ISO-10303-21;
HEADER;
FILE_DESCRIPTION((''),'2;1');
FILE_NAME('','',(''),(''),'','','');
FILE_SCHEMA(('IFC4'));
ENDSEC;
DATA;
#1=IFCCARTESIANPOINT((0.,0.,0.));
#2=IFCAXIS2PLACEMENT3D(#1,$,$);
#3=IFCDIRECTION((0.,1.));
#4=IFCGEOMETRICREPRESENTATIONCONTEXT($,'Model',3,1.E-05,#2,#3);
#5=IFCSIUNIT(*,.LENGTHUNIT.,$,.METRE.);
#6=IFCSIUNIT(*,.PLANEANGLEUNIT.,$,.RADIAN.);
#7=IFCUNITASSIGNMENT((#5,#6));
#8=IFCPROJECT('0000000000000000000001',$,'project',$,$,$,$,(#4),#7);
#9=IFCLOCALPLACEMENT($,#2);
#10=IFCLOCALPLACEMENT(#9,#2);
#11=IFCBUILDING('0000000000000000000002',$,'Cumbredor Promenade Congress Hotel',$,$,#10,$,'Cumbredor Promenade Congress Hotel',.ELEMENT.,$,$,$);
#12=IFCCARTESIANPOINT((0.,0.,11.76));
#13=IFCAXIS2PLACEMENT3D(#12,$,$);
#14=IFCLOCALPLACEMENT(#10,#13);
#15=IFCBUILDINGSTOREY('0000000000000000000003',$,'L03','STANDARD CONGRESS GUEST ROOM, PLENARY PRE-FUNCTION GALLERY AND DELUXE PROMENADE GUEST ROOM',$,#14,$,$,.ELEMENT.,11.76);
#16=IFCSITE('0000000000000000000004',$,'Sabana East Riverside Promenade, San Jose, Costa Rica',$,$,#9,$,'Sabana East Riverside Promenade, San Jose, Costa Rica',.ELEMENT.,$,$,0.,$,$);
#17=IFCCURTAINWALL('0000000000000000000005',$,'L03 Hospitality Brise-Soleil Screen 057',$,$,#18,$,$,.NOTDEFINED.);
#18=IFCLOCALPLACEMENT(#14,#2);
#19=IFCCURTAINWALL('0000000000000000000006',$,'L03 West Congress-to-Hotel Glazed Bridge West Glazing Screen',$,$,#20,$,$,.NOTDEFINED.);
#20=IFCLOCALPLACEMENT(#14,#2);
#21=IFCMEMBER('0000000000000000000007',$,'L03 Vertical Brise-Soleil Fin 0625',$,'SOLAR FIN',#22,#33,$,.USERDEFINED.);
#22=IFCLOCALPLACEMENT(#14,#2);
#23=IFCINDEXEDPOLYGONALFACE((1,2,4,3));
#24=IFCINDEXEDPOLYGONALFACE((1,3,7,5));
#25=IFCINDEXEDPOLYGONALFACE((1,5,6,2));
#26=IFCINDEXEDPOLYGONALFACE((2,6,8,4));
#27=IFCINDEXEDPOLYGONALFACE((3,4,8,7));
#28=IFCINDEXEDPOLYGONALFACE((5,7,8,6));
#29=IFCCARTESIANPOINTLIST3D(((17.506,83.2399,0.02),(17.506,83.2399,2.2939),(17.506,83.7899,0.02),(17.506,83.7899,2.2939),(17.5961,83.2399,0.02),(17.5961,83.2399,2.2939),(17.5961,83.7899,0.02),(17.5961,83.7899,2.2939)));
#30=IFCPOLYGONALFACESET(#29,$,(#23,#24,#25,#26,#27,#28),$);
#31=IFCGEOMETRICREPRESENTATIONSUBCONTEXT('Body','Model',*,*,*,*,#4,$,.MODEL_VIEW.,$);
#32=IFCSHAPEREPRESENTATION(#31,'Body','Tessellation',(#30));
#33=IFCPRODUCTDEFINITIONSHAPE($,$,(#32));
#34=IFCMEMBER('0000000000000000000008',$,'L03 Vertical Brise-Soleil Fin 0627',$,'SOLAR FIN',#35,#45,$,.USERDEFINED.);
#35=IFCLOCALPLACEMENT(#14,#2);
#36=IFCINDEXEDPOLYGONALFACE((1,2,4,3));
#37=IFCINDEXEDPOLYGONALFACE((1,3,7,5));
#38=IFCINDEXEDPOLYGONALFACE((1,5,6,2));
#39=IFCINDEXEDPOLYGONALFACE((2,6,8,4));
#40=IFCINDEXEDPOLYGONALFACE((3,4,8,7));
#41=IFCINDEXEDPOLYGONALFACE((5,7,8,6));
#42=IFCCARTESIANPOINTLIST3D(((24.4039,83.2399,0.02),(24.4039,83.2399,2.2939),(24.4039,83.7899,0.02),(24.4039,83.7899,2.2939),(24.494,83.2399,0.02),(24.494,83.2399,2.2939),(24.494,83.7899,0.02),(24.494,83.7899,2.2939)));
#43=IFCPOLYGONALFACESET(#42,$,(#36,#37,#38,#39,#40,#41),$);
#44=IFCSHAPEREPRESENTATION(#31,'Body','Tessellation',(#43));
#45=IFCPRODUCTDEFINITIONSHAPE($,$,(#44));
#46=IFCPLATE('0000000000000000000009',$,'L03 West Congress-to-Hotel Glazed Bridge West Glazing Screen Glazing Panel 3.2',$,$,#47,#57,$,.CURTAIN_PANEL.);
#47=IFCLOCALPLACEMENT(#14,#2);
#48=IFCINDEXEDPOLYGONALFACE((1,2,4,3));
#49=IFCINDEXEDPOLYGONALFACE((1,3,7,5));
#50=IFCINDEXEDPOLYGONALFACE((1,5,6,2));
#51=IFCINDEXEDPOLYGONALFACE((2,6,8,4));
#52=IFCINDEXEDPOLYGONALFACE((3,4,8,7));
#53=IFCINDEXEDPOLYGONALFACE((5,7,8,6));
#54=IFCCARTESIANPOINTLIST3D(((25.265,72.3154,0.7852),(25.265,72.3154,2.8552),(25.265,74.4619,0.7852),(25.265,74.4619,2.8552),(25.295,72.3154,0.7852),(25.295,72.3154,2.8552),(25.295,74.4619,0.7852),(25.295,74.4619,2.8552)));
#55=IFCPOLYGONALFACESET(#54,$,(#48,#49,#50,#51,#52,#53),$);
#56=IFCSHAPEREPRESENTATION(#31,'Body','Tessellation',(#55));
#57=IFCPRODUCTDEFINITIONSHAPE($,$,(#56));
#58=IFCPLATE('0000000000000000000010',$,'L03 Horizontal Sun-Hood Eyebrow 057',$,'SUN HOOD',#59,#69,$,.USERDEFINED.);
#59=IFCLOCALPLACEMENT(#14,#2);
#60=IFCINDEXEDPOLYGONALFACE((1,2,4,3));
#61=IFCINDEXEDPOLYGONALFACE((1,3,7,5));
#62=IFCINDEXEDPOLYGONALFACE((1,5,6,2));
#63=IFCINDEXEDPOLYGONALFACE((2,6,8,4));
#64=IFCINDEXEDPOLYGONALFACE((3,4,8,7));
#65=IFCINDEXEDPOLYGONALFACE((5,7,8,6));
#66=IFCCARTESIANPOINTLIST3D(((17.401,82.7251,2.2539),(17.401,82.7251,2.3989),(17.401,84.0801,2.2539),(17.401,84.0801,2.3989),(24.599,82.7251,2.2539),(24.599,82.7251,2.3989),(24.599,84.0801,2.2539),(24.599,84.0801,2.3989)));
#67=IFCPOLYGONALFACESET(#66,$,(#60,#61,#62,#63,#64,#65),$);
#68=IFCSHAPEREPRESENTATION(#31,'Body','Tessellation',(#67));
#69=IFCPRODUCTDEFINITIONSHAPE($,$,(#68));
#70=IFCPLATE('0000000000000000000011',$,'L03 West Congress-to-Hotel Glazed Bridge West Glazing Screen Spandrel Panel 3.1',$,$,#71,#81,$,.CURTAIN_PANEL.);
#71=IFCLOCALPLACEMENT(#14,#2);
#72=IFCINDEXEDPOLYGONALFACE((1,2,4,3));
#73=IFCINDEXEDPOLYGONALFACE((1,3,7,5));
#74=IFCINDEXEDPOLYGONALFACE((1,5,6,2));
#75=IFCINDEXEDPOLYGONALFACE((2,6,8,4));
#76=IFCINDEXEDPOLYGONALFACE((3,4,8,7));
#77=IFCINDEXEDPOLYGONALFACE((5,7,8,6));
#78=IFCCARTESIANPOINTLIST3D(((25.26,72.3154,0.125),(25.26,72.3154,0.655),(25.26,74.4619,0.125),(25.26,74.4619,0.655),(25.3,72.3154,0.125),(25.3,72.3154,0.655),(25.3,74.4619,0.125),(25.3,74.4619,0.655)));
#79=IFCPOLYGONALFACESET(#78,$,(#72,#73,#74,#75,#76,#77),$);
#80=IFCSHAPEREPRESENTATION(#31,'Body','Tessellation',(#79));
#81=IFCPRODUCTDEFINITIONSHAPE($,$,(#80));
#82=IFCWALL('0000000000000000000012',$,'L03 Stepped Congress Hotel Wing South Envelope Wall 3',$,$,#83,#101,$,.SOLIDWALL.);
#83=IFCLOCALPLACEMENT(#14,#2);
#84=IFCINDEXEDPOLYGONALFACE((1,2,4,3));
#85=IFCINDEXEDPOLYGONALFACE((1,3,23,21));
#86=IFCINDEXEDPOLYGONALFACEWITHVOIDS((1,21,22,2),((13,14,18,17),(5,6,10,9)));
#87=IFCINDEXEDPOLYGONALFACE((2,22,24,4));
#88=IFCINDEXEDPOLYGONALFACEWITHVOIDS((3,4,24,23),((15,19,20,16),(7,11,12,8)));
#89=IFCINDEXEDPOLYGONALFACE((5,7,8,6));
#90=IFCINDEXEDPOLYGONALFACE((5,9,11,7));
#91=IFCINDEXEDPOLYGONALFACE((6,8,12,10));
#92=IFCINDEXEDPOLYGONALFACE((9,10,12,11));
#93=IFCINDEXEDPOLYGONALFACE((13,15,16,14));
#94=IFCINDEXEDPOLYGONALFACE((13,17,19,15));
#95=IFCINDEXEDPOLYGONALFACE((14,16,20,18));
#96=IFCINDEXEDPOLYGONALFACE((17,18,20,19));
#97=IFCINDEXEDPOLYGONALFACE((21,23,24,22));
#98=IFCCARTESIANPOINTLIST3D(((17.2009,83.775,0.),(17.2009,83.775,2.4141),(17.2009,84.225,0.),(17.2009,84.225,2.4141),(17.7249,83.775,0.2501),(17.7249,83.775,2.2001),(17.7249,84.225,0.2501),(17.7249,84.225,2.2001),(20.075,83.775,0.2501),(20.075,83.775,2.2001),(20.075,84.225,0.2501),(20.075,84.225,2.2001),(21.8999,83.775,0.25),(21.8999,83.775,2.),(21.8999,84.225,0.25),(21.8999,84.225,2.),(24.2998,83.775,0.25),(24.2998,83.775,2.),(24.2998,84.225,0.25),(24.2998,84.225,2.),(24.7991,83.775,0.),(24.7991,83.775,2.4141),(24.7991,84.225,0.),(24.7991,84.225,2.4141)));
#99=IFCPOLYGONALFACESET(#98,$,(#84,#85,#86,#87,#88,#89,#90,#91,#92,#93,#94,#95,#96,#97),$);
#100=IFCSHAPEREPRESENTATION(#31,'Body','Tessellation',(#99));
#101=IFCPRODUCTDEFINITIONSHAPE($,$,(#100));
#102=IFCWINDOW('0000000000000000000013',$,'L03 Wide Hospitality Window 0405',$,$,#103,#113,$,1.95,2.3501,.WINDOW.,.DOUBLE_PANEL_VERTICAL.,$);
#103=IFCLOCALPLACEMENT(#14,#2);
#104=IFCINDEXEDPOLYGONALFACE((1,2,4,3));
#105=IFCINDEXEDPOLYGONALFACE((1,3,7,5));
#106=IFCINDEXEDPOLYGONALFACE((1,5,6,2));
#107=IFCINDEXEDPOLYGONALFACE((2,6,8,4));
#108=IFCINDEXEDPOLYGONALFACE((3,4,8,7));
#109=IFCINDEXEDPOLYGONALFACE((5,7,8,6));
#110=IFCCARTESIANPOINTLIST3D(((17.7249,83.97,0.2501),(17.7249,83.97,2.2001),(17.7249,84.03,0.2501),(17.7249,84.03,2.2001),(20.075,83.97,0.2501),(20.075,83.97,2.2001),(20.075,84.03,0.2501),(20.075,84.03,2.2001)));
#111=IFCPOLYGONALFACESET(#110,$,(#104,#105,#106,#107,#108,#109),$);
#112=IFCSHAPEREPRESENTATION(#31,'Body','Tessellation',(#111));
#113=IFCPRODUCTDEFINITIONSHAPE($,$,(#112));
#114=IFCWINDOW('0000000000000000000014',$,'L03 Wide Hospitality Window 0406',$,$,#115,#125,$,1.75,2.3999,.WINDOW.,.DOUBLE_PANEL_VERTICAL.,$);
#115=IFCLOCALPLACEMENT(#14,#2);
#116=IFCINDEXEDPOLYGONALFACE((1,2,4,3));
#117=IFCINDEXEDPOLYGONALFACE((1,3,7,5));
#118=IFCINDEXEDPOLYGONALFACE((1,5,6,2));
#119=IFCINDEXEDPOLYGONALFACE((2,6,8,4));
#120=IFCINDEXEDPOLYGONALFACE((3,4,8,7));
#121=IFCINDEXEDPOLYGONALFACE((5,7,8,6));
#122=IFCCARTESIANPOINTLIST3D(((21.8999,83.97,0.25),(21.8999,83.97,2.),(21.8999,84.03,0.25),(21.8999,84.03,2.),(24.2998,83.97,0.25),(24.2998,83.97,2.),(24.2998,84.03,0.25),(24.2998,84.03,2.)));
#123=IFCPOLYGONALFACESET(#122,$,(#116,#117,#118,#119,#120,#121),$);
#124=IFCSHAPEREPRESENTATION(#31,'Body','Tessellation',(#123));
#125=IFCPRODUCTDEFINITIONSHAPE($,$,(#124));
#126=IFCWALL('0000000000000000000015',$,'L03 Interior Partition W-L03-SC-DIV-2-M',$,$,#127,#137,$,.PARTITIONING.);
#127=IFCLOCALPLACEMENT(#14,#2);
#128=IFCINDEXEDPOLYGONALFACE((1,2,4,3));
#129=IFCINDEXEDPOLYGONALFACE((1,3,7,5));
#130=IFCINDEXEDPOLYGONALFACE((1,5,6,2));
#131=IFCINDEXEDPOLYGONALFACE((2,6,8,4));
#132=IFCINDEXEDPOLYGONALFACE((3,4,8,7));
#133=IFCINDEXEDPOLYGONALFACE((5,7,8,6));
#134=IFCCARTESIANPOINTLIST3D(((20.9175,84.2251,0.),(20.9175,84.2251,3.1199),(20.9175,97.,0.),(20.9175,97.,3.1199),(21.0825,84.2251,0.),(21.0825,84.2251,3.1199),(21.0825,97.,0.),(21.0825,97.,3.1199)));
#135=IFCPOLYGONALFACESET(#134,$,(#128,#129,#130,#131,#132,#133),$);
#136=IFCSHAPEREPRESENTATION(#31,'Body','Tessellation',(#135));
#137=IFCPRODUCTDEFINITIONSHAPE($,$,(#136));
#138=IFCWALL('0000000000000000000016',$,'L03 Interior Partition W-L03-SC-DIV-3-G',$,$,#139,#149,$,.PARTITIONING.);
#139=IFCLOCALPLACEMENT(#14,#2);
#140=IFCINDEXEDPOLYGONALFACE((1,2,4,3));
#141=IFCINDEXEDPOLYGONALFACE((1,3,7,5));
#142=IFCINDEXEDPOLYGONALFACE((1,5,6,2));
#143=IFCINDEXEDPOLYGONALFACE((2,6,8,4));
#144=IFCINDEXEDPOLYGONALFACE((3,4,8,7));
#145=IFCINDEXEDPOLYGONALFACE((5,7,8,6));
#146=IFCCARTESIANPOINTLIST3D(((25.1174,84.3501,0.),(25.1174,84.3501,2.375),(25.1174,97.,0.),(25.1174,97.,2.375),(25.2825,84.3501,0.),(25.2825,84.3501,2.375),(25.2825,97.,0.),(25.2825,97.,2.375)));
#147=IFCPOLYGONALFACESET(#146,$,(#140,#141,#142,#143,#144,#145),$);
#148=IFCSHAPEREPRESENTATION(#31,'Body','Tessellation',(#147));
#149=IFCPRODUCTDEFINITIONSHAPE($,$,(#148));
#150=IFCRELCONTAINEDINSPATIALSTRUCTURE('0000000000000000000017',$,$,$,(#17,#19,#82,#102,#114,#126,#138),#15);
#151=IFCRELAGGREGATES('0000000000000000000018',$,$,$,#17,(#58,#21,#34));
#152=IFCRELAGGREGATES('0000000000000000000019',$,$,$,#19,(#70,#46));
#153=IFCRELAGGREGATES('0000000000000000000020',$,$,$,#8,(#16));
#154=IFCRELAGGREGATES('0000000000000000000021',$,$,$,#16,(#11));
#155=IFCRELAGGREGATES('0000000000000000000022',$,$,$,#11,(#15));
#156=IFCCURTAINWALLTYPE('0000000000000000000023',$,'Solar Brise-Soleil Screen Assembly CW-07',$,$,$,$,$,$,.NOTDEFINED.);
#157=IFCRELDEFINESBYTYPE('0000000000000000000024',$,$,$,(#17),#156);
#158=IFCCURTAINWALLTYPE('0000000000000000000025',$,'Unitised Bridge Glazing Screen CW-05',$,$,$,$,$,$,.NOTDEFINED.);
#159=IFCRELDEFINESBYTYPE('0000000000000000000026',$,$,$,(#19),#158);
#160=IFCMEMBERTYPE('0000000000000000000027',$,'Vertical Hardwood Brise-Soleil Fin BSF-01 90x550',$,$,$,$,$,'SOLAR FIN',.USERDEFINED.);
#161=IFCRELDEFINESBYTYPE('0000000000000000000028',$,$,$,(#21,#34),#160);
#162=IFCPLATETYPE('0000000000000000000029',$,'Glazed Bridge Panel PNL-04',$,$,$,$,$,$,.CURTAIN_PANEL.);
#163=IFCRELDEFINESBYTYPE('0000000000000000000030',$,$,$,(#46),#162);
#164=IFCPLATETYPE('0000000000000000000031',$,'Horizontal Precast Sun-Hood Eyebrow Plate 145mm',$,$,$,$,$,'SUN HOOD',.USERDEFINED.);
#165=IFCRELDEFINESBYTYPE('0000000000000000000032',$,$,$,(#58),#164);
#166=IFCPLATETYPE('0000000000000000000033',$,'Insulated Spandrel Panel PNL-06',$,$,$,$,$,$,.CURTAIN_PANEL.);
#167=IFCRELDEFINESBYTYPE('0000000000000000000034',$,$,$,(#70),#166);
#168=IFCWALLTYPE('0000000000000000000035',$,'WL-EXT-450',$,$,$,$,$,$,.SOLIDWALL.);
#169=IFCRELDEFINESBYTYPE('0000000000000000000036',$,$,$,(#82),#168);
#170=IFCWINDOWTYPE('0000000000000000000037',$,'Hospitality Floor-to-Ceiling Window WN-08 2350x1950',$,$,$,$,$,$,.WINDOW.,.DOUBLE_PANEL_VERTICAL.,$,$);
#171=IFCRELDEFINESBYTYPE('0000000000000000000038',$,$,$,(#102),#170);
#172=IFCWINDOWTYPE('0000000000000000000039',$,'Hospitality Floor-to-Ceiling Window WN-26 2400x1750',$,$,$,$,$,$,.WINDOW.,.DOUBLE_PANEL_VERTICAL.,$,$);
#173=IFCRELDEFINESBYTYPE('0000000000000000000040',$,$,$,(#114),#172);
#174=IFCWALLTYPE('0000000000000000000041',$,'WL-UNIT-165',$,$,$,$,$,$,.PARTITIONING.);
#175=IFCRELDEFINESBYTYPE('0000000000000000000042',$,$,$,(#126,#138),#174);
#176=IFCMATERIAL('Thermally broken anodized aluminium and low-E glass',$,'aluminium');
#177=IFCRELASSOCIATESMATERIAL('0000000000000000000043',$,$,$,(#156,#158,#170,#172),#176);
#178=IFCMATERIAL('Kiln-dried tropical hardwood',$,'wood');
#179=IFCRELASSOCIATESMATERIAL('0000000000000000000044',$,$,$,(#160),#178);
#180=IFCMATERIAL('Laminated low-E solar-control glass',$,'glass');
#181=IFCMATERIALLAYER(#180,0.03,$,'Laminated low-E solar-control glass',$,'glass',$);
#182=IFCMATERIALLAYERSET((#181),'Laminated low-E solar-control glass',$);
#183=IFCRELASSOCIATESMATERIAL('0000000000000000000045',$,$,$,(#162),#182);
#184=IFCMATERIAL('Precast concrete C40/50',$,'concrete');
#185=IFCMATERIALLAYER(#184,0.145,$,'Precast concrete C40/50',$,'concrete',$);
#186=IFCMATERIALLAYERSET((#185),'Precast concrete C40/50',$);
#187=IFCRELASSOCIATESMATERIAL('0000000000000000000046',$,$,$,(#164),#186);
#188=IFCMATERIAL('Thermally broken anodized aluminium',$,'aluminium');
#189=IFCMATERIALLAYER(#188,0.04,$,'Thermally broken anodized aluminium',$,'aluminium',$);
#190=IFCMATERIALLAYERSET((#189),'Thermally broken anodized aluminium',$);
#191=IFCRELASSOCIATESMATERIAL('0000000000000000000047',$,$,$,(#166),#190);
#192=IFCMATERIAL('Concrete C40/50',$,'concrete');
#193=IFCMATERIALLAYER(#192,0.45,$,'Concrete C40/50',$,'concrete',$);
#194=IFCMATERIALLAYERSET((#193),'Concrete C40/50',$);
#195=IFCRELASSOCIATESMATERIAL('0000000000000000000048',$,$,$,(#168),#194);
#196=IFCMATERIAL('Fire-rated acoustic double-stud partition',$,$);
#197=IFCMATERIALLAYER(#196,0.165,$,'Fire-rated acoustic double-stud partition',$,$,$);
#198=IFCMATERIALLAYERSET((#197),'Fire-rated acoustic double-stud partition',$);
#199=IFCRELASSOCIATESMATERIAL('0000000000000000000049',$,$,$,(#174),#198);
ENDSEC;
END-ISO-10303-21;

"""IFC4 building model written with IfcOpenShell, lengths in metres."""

from ifc_helpers import new_model, si_unit, direction, frame, frame_2d, origin, origin_2d, place, context, subcontext, project, spatial, rectangle, extrude, material, layer, layer_set, material_profile, profile_set, type_object, element, fill, aggregate, save


model = new_model("IFC4")

# Units and contexts
model_context = context("Model", 3, precision=1e-05, world=origin(), true_north=direction((0.0, 1.0)))
body_context = subcontext(model_context, "Body", "Model", "MODEL_VIEW")
ifc_project = project(units=[si_unit("LENGTHUNIT", "METRE"), si_unit("PLANEANGLEUNIT", "RADIAN")], contexts=[model_context])

# Site, building, storey
site_placement = place(None, origin())
site = spatial("IfcSite", under=ifc_project, at=site_placement, Name="Sabana East Riverside Promenade, San Jose, Costa Rica", LongName="Sabana East Riverside Promenade, San Jose, Costa Rica", CompositionType="ELEMENT", RefElevation=0.0)
building_placement = place(site_placement, origin())
building = spatial("IfcBuilding", under=site, at=building_placement, Name="Cumbredor Promenade Congress Hotel", LongName="Cumbredor Promenade Congress Hotel", CompositionType="ELEMENT")
storey_placement = place(building_placement, frame((0.0, 0.0, 11.76)))
storey = spatial("IfcBuildingStorey", under=building, at=storey_placement, Name="L03", Description="STANDARD CONGRESS GUEST ROOM, PLENARY PRE-FUNCTION GALLERY AND DELUXE PROMENADE GUEST ROOM", CompositionType="ELEMENT", Elevation=11.76)

# Shared definitions
ifc_material_1 = material(Name="Concrete C40/50", Category="concrete")

# Curtain walls
ifc_material_2 = material(Name="Thermally broken anodized aluminium and low-E glass", Category="aluminium")
curtain_wall_type_1 = type_object("IfcCurtainWallType", Name="Solar Brise-Soleil Screen Assembly CW-07", PredefinedType="NOTDEFINED", material=ifc_material_2)
curtain_wall_1_placement = place(storey_placement, origin())
curtain_wall_1 = element("IfcCurtainWall", 1, at=curtain_wall_1_placement, inside=storey, type_object=curtain_wall_type_1, Name="L03 Hospitality Brise-Soleil Screen 057", PredefinedType="NOTDEFINED")
ifc_material_3 = material(Name="Thermally broken anodized aluminium", Category="aluminium")
curtain_wall_type_2 = type_object("IfcCurtainWallType", Name="Unitised Bridge Glazing Screen CW-05", PredefinedType="NOTDEFINED", material=ifc_material_2)
curtain_wall_2_placement = place(storey_placement, origin())
curtain_wall_2 = element("IfcCurtainWall", 2, at=curtain_wall_2_placement, inside=storey, type_object=curtain_wall_type_2, Name="L03 West Congress-to-Hotel Glazed Bridge West Glazing Screen", PredefinedType="NOTDEFINED")

# Members
ifc_material_4 = material(Name="Kiln-dried tropical hardwood", Category="wood")
ifc_material_profile_1 = material_profile(ifc_material_4, rectangle(XDim=0.0901, YDim=0.55, at=origin_2d()), Name="ARCH FIN 90x550")
ifc_profile_set_1 = profile_set([ifc_material_profile_1], Name="Kiln-dried tropical hardwood")
member_type_1 = type_object("IfcMemberType", Name="Vertical Hardwood Brise-Soleil Fin BSF-01 90x550", ElementType="SOLAR FIN", PredefinedType="USERDEFINED", material=ifc_profile_set_1)
member_1_placement = place(storey_placement, frame((17.551, 83.5149, 0.02), z_axis=(0.0, 0.0, 1.0), x_axis=(1.0, 0.0, 0.0)))
member_1 = element("IfcMember", 3, at=member_1_placement, type_object=member_type_1, Name="L03 Vertical Brise-Soleil Fin 0625", ObjectType="SOLAR FIN", PredefinedType="USERDEFINED", context=body_context, shape_type="SweptSolid", body=[
    extrude(rectangle(XDim=0.0901, YDim=0.55, at=origin_2d()), origin(), (0.0, 0.0, 1.0), 2.2739),
])
member_2_placement = place(storey_placement, frame((24.449, 83.5149, 0.02), z_axis=(0.0, 0.0, 1.0), x_axis=(1.0, 0.0, 0.0)))
member_2 = element("IfcMember", 4, at=member_2_placement, type_object=member_type_1, Name="L03 Vertical Brise-Soleil Fin 0627", ObjectType="SOLAR FIN", PredefinedType="USERDEFINED", context=body_context, shape_type="SweptSolid", body=[
    extrude(rectangle(XDim=0.0901, YDim=0.55, at=origin_2d()), origin(), (0.0, 0.0, 1.0), 2.2739),
])

# Plates
ifc_material_5 = material(Name="Laminated low-E solar-control glass", Category="glass")
ifc_layer_1 = layer(ifc_material_5, 0.03, Name="Laminated low-E solar-control glass", Category="glass")
ifc_layer_set_1 = layer_set([ifc_layer_1], Name="Laminated low-E solar-control glass")
plate_type_1 = type_object("IfcPlateType", Name="Glazed Bridge Panel PNL-04", PredefinedType="CURTAIN_PANEL", material=ifc_layer_set_1)
plate_1_placement = place(storey_placement, frame((25.28, 73.3887, 0.7852), z_axis=(0.0, 0.0, 1.0), x_axis=(0.0, 1.0, 0.0)))
plate_1 = element("IfcPlate", 5, at=plate_1_placement, type_object=plate_type_1, Name="L03 West Congress-to-Hotel Glazed Bridge West Glazing Screen Glazing Panel 3.2", PredefinedType="CURTAIN_PANEL", context=body_context, shape_type="SweptSolid", body=[
    extrude(rectangle(XDim=2.1465, YDim=0.03, at=origin_2d()), origin(), (0.0, 0.0, 1.0), 2.0701),
])
ifc_material_6 = material(Name="Precast concrete C40/50", Category="concrete")
ifc_layer_2 = layer(ifc_material_6, 0.145, Name="Precast concrete C40/50", Category="concrete")
ifc_layer_set_2 = layer_set([ifc_layer_2], Name="Precast concrete C40/50")
plate_type_2 = type_object("IfcPlateType", Name="Horizontal Precast Sun-Hood Eyebrow Plate 145mm", ElementType="SUN HOOD", PredefinedType="USERDEFINED", material=ifc_layer_set_2)
plate_2_placement = place(storey_placement, frame((21.0, 83.4026, 2.2539), z_axis=(0.0, 0.0, 1.0), x_axis=(1.0, 0.0, 0.0)))
plate_2 = element("IfcPlate", 6, at=plate_2_placement, type_object=plate_type_2, Name="L03 Horizontal Sun-Hood Eyebrow 057", ObjectType="SUN HOOD", PredefinedType="USERDEFINED", context=body_context, shape_type="SweptSolid", body=[
    extrude(rectangle(XDim=7.198, YDim=1.355, at=origin_2d()), origin(), (0.0, 0.0, 1.0), 0.145),
])
aggregate(curtain_wall_1, [plate_2, member_1, member_2])
ifc_layer_3 = layer(ifc_material_3, 0.04, Name="Thermally broken anodized aluminium", Category="aluminium")
ifc_layer_set_3 = layer_set([ifc_layer_3], Name="Thermally broken anodized aluminium")
plate_type_3 = type_object("IfcPlateType", Name="Insulated Spandrel Panel PNL-06", PredefinedType="CURTAIN_PANEL", material=ifc_layer_set_3)
plate_3_placement = place(storey_placement, frame((25.28, 73.3887, 0.125), z_axis=(0.0, 0.0, 1.0), x_axis=(0.0, 1.0, 0.0)))
plate_3 = element("IfcPlate", 7, at=plate_3_placement, type_object=plate_type_3, Name="L03 West Congress-to-Hotel Glazed Bridge West Glazing Screen Spandrel Panel 3.1", PredefinedType="CURTAIN_PANEL", context=body_context, shape_type="SweptSolid", body=[
    extrude(rectangle(XDim=2.1465, YDim=0.04, at=origin_2d()), origin(), (0.0, 0.0, 1.0), 0.53),
])
aggregate(curtain_wall_2, [plate_3, plate_1])

# Wall, openings, windows
ifc_layer_4 = layer(ifc_material_1, 0.45, Name="Concrete C40/50", Category="concrete")
ifc_layer_set_4 = layer_set([ifc_layer_4], Name="Concrete C40/50")
wall_type_1 = type_object("IfcWallType", Name="WL-EXT-450", PredefinedType="SOLIDWALL", material=ifc_layer_set_4)
wall_1_placement = place(storey_placement, frame((17.2009, 84.0, 0.0), z_axis=(0.0, 0.0, 1.0), x_axis=(1.0, 0.0, 0.0)))
wall_1 = element("IfcWall", 8, at=wall_1_placement, inside=storey, type_object=wall_type_1, Name="L03 Stepped Congress Hotel Wing South Envelope Wall 3", PredefinedType="SOLIDWALL", context=body_context, shape_type="SweptSolid", body=[
    extrude(rectangle(XDim=7.5981, YDim=0.45, at=frame_2d((3.7991, 0.0))), origin(), (0.0, 0.0, 1.0), 2.4141),
])
opening_1_placement = place(wall_1_placement, frame((0.5239, 0.0, 0.25)))
opening_1 = element("IfcOpeningElement", 9, at=opening_1_placement, cuts=wall_1, PredefinedType="OPENING", context=body_context, shape_type="SweptSolid", body=[
    extrude(rectangle(XDim=2.3501, YDim=1.95, at=frame_2d((1.175, 0.9751))), frame((0.0, 0.2349, 0.0), z_axis=(0.0, -1.0, 0.0), x_axis=(1.0, 0.0, 0.0)), (0.0, 0.0, 1.0), 0.47),
])
opening_2_placement = place(wall_1_placement, frame((4.699, 0.0, 0.25)))
opening_2 = element("IfcOpeningElement", 10, at=opening_2_placement, cuts=wall_1, PredefinedType="OPENING", context=body_context, shape_type="SweptSolid", body=[
    extrude(rectangle(XDim=2.3999, YDim=1.75, at=frame_2d((1.2, 0.875))), frame((0.0, 0.2349, 0.0), z_axis=(0.0, -1.0, 0.0), x_axis=(1.0, 0.0, 0.0)), (0.0, 0.0, 1.0), 0.47),
])
window_type_1 = type_object("IfcWindowType", Name="Hospitality Floor-to-Ceiling Window WN-08 2350x1950", PartitioningType="DOUBLE_PANEL_VERTICAL", PredefinedType="WINDOW", material=ifc_material_2)
window_1_placement = place(opening_1_placement, origin())
window_1 = element("IfcWindow", 11, at=window_1_placement, inside=storey, type_object=window_type_1, Name="L03 Wide Hospitality Window 0405", OverallHeight=1.95, OverallWidth=2.3501, PartitioningType="DOUBLE_PANEL_VERTICAL", PredefinedType="WINDOW", context=body_context, shape_type="SweptSolid", body=[
    extrude(rectangle(XDim=2.3501, YDim=1.95, at=frame_2d((1.175, 0.9751))), frame((0.0, 0.03, 0.0), z_axis=(0.0, -1.0, 0.0), x_axis=(1.0, 0.0, 0.0)), (0.0, 0.0, 1.0), 0.0601),
])
fill(opening_1, window_1)
window_type_2 = type_object("IfcWindowType", Name="Hospitality Floor-to-Ceiling Window WN-26 2400x1750", PartitioningType="DOUBLE_PANEL_VERTICAL", PredefinedType="WINDOW", material=ifc_material_2)
window_2_placement = place(opening_2_placement, origin())
window_2 = element("IfcWindow", 12, at=window_2_placement, inside=storey, type_object=window_type_2, Name="L03 Wide Hospitality Window 0406", OverallHeight=1.75, OverallWidth=2.3999, PartitioningType="DOUBLE_PANEL_VERTICAL", PredefinedType="WINDOW", context=body_context, shape_type="SweptSolid", body=[
    extrude(rectangle(XDim=2.3999, YDim=1.75, at=frame_2d((1.2, 0.875))), frame((0.0, 0.03, 0.0), z_axis=(0.0, -1.0, 0.0), x_axis=(1.0, 0.0, 0.0)), (0.0, 0.0, 1.0), 0.0601),
])
fill(opening_2, window_2)

# Walls
ifc_material_7 = material(Name="Fire-rated acoustic double-stud partition")
ifc_layer_5 = layer(ifc_material_7, 0.165, Name="Fire-rated acoustic double-stud partition")
ifc_layer_set_5 = layer_set([ifc_layer_5], Name="Fire-rated acoustic double-stud partition")
wall_type_2 = type_object("IfcWallType", Name="WL-UNIT-165", PredefinedType="PARTITIONING", material=ifc_layer_set_5)
wall_2_placement = place(storey_placement, frame((21.0, 84.2251, 0.0), z_axis=(0.0, 0.0, 1.0), x_axis=(0.0, 1.0, 0.0)))
element("IfcWall", 13, at=wall_2_placement, inside=storey, type_object=wall_type_2, Name="L03 Interior Partition W-L03-SC-DIV-2-M", PredefinedType="PARTITIONING", context=body_context, shape_type="SweptSolid", body=[
    extrude(rectangle(XDim=12.7749, YDim=0.165, at=frame_2d((6.3875, 0.0))), origin(), (0.0, 0.0, 1.0), 3.1199),
])
wall_3_placement = place(storey_placement, frame((25.2, 84.3501, 0.0), z_axis=(0.0, 0.0, 1.0), x_axis=(0.0, 1.0, 0.0)))
element("IfcWall", 14, at=wall_3_placement, inside=storey, type_object=wall_type_2, Name="L03 Interior Partition W-L03-SC-DIV-3-G", PredefinedType="PARTITIONING", context=body_context, shape_type="SweptSolid", body=[
    extrude(rectangle(XDim=12.6499, YDim=0.165, at=frame_2d((6.325, 0.0))), origin(), (0.0, 0.0, 1.0), 2.375),
])

save(model, "model.ifc")
